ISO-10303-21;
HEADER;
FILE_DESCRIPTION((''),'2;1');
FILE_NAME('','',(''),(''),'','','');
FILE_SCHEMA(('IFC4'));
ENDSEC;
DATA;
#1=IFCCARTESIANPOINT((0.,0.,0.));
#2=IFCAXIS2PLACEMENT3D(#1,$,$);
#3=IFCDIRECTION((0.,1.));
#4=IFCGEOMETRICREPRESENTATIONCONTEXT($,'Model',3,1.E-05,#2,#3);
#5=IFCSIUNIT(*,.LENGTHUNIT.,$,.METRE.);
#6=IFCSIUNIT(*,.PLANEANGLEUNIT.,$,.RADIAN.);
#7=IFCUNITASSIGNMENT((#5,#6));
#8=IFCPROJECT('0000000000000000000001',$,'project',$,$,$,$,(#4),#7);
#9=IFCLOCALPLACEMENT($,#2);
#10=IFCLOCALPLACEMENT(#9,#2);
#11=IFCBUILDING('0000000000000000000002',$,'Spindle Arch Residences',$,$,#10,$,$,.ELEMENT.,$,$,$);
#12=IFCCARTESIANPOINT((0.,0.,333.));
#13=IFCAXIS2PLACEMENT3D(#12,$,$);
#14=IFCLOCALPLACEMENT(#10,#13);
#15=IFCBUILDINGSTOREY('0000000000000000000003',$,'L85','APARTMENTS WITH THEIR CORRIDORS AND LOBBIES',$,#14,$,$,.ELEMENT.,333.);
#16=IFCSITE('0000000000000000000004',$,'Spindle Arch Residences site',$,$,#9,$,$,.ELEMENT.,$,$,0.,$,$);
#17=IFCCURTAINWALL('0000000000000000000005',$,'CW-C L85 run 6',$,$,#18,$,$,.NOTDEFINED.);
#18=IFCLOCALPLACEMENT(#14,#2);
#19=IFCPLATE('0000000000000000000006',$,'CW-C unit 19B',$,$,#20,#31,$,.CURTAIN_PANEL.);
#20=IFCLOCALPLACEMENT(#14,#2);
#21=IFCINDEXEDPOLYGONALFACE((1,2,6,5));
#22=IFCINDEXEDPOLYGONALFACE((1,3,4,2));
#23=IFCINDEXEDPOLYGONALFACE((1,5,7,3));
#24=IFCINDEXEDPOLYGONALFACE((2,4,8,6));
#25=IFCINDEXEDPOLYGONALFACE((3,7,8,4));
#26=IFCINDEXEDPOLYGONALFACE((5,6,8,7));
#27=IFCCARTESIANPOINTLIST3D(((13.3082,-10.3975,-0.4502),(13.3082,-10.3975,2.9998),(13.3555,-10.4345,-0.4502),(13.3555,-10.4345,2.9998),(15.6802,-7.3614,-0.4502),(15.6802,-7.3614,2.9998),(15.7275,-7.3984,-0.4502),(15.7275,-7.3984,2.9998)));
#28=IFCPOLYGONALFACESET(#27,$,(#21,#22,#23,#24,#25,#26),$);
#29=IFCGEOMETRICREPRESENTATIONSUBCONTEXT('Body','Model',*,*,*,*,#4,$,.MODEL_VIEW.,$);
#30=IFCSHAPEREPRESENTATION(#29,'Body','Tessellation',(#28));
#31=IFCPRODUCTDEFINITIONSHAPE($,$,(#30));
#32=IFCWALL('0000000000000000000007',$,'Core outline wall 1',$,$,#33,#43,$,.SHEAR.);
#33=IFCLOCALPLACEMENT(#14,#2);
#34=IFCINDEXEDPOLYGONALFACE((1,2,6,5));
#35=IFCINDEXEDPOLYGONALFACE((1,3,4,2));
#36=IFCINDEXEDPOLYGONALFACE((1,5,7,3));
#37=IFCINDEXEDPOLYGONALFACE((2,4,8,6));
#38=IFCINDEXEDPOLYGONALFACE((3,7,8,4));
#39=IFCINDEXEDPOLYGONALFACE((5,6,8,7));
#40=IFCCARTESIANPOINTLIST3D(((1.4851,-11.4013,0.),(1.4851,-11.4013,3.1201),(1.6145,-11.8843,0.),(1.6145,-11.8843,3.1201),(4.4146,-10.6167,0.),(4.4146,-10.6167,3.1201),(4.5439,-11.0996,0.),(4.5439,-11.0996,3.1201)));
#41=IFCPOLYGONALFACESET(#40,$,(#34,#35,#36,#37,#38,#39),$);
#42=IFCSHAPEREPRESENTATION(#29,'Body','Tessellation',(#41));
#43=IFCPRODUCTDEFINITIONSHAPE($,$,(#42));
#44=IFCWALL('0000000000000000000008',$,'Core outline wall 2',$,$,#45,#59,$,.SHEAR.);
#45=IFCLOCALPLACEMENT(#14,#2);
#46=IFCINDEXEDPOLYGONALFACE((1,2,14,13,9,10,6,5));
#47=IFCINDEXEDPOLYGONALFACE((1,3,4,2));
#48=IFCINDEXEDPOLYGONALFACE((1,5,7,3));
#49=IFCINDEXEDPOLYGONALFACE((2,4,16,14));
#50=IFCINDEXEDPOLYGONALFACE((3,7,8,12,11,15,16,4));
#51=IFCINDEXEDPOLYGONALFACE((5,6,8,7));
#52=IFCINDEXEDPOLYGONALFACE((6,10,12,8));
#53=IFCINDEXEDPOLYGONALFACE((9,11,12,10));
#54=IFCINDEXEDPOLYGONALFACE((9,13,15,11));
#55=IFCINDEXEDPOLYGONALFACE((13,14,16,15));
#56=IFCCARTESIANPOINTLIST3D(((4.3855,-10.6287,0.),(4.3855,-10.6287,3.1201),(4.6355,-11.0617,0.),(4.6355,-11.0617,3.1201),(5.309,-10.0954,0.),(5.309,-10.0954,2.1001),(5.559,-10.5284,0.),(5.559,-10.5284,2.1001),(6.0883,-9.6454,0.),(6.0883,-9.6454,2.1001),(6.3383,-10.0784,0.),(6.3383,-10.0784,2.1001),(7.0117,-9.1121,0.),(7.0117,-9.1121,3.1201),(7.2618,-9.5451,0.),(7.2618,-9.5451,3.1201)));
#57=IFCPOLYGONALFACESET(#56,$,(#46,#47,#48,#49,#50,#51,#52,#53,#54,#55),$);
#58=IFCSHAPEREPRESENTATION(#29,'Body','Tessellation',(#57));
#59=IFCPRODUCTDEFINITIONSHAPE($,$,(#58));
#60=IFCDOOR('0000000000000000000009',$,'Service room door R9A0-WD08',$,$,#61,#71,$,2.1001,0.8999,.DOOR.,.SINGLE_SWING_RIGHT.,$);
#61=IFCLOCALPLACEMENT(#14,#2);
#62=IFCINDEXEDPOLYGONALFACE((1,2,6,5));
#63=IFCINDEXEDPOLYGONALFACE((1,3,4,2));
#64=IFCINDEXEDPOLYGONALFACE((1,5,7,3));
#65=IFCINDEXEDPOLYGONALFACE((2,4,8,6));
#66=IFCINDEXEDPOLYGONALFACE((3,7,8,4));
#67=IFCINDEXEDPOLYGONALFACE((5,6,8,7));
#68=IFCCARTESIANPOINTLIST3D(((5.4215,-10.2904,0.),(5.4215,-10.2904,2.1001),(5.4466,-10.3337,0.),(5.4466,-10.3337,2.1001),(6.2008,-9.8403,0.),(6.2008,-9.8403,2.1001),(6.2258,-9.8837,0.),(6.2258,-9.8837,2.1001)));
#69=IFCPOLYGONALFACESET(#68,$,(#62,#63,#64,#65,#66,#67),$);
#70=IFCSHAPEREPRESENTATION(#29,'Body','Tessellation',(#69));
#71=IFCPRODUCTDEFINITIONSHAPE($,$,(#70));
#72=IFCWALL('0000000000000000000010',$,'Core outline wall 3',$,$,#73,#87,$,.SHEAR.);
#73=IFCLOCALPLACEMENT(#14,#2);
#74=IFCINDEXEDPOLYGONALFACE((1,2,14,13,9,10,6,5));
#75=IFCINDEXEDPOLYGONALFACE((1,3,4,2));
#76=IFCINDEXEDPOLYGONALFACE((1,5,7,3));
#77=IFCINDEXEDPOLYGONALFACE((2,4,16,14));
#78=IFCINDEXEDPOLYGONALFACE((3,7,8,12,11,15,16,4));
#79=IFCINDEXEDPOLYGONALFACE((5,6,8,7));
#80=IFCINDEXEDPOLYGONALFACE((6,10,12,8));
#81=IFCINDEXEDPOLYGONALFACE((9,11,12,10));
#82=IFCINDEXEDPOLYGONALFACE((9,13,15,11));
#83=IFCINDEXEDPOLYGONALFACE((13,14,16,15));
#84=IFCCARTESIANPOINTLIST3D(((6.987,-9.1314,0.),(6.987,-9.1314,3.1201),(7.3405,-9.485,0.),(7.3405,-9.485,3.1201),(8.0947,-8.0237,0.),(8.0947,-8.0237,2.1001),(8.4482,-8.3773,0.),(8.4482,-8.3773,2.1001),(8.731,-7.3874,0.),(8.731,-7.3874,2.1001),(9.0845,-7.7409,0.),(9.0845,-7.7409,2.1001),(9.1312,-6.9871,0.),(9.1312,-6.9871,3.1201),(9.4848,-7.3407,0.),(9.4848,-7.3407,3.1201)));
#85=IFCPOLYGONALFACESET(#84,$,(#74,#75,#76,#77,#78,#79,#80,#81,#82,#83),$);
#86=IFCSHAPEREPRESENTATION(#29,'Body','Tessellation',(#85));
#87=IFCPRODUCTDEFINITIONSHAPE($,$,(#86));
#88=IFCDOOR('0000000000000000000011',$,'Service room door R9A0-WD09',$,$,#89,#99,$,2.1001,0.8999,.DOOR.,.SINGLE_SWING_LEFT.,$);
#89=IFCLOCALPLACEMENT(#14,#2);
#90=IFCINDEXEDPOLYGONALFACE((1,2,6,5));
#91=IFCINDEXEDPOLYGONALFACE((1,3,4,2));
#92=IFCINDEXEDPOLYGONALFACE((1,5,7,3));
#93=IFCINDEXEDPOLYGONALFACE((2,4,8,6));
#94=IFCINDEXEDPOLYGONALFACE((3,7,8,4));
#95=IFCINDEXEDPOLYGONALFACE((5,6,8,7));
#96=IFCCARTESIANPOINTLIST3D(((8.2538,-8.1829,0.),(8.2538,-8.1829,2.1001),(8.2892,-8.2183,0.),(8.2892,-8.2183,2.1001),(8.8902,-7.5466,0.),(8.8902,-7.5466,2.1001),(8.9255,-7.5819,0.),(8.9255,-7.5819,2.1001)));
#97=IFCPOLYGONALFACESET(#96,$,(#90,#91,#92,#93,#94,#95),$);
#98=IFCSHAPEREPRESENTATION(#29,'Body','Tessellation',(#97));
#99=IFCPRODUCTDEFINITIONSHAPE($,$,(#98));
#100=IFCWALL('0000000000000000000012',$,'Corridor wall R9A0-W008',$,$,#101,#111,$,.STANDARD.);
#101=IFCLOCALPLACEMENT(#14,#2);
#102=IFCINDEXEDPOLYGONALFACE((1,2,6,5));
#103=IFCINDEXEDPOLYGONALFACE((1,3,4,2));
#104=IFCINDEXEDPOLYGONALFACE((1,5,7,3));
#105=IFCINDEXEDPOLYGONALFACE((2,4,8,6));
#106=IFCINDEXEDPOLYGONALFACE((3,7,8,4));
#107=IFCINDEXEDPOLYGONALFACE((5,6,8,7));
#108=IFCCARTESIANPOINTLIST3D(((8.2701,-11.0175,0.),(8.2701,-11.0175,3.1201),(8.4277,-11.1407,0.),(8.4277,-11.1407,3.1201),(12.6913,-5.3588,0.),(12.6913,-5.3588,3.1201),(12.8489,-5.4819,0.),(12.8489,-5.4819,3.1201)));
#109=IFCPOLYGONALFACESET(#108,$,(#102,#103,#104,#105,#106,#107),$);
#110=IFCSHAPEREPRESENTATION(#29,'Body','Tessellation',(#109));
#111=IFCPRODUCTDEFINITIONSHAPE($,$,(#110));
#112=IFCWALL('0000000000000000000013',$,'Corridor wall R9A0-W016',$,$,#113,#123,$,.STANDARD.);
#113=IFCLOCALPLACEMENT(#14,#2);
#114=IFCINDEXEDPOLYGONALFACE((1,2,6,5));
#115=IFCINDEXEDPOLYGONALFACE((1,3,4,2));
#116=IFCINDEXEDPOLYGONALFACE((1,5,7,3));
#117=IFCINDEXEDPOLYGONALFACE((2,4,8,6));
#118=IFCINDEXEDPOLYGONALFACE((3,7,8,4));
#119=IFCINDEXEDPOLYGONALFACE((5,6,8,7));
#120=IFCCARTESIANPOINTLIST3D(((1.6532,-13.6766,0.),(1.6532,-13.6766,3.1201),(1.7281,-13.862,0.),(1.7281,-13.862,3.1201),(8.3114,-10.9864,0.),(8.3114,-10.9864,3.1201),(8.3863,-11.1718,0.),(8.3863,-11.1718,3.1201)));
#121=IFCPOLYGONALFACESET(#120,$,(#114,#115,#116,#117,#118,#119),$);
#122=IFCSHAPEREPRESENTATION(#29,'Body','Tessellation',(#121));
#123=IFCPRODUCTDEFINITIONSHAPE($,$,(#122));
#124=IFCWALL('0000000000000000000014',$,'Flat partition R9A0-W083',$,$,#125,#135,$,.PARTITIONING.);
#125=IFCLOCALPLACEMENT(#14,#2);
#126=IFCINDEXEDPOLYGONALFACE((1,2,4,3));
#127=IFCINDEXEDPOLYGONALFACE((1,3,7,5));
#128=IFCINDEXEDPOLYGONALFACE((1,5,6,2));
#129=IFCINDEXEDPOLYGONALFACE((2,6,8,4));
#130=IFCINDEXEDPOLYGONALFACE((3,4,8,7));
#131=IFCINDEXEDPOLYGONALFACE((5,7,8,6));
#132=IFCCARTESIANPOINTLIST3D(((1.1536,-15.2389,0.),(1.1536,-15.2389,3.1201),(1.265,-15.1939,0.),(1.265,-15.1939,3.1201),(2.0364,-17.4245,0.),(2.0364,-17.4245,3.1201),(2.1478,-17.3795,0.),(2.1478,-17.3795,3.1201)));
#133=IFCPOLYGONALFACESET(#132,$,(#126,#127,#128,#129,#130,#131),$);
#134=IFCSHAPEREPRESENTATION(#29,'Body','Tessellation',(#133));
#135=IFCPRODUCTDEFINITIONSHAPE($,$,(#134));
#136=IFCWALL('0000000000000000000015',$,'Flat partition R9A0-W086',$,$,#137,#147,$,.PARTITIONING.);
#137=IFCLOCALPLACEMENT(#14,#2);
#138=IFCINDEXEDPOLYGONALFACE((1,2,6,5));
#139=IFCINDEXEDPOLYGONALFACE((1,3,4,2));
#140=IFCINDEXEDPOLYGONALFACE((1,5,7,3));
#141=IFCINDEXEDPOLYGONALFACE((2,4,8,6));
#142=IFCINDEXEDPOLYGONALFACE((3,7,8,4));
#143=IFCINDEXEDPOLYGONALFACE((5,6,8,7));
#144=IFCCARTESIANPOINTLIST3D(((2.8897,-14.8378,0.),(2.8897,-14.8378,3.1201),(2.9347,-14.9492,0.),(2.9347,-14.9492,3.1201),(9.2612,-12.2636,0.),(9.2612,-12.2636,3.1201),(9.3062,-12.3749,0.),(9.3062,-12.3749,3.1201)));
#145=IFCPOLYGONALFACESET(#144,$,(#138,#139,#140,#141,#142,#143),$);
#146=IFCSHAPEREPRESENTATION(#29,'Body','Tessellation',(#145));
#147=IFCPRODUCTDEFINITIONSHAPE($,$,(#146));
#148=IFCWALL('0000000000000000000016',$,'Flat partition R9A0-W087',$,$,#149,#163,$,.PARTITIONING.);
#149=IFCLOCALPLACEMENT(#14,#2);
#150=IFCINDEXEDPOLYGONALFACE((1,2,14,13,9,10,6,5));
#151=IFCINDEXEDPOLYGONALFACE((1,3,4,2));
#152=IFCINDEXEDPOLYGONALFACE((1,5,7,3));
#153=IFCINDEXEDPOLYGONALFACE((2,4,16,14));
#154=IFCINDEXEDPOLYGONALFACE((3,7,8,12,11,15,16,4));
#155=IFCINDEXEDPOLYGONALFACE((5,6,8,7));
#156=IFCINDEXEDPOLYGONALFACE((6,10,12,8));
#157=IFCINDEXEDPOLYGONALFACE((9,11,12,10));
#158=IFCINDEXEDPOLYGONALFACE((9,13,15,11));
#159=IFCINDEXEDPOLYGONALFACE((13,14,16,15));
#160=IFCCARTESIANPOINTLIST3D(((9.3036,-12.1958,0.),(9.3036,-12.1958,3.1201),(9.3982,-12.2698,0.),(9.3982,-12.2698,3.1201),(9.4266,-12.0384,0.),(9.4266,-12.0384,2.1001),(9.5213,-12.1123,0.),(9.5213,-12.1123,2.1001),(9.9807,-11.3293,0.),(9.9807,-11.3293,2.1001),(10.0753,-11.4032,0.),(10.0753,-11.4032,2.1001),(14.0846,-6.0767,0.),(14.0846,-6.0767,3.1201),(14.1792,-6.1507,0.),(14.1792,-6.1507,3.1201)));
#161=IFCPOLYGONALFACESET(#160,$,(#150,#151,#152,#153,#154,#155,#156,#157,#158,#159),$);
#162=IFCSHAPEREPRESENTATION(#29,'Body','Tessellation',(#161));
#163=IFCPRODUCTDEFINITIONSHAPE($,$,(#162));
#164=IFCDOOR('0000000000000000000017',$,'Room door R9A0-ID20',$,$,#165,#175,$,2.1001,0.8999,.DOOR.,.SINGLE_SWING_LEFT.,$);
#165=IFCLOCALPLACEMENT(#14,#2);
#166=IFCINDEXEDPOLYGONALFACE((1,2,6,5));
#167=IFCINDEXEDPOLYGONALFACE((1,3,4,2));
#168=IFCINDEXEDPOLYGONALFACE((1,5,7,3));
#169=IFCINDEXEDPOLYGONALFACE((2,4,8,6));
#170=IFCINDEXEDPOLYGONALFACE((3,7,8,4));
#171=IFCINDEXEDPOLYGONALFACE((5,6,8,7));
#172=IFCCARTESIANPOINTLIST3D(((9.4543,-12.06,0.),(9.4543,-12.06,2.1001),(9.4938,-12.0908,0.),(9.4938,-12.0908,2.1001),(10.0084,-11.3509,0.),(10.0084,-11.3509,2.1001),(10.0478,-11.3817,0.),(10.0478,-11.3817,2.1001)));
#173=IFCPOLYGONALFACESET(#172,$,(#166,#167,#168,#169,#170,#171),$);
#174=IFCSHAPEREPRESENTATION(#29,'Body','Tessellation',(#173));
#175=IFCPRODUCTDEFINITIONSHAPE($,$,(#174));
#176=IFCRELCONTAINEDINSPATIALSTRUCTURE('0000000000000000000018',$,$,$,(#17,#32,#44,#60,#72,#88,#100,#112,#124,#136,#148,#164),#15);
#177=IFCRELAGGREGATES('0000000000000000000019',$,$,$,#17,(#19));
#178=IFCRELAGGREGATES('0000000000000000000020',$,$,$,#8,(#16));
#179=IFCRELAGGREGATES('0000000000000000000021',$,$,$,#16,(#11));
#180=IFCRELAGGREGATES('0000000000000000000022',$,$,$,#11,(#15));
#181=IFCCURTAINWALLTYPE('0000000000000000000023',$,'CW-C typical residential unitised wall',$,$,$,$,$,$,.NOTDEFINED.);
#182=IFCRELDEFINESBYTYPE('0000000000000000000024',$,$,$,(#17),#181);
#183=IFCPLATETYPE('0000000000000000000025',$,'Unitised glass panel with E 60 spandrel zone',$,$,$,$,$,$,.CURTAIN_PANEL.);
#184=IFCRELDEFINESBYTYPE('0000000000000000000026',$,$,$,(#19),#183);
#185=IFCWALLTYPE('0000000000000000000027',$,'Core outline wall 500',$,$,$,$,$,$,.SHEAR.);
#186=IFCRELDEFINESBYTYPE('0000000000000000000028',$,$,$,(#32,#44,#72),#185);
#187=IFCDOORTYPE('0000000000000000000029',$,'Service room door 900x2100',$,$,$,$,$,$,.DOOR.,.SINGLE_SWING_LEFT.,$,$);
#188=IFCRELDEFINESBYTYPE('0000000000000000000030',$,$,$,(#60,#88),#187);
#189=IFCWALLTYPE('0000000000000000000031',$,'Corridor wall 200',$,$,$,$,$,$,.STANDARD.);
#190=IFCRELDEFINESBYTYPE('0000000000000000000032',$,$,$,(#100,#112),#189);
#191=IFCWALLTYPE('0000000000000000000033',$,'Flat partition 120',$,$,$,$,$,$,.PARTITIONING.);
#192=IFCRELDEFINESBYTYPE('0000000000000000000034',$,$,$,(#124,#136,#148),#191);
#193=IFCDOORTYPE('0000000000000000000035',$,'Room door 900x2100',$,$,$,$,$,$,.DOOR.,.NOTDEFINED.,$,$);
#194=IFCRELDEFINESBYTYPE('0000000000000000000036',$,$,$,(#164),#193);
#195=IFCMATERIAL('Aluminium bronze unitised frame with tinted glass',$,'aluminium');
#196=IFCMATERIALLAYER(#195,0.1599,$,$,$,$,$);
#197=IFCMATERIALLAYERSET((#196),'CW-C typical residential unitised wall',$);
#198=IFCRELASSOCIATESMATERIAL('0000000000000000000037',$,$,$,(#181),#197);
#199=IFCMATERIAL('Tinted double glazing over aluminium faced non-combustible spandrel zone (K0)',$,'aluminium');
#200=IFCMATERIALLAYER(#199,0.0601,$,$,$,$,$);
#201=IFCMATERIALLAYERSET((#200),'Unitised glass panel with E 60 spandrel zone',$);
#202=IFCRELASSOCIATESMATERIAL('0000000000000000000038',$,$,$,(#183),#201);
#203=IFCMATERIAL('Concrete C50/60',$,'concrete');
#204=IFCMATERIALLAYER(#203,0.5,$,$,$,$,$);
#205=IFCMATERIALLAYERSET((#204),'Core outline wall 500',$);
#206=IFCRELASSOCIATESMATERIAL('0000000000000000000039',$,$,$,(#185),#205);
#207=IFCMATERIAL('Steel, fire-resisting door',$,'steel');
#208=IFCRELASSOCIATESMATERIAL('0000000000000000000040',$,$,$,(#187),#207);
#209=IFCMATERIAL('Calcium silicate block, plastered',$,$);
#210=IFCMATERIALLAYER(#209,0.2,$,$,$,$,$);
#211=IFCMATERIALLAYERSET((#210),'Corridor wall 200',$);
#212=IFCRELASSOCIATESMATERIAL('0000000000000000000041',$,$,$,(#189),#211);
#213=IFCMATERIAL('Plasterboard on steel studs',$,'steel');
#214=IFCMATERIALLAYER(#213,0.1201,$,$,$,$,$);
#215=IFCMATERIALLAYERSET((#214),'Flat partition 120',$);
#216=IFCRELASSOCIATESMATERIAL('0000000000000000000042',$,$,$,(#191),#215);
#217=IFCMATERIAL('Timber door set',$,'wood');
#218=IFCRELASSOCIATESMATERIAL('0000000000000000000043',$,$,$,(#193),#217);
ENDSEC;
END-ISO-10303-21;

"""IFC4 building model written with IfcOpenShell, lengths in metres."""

from ifc_helpers import new_model, si_unit, direction, frame, frame_2d, origin, origin_2d, place, context, subcontext, project, spatial, rectangle, extrude, material, layer, layer_set, type_object, element, fill, aggregate, save


model = new_model("IFC4")

# Units and contexts
model_context = context("Model", 3, precision=1e-05, world=origin(), true_north=direction((0.0, 1.0)))
body_context = subcontext(model_context, "Body", "Model", "MODEL_VIEW")
ifc_project = project(units=[si_unit("LENGTHUNIT", "METRE"), si_unit("PLANEANGLEUNIT", "RADIAN")], contexts=[model_context])

# Site, building, storey
site_placement = place(None, origin())
site = spatial("IfcSite", under=ifc_project, at=site_placement, Name="Spindle Arch Residences site", CompositionType="ELEMENT", RefElevation=0.0)
building_placement = place(site_placement, origin())
building = spatial("IfcBuilding", under=site, at=building_placement, Name="Spindle Arch Residences", CompositionType="ELEMENT")
storey_placement = place(building_placement, frame((0.0, 0.0, 333.0)))
storey = spatial("IfcBuildingStorey", under=building, at=storey_placement, Name="L85", Description="APARTMENTS WITH THEIR CORRIDORS AND LOBBIES", CompositionType="ELEMENT", Elevation=333.0)

# Curtain wall
ifc_material_1 = material(Name="Aluminium bronze unitised frame with tinted glass", Category="aluminium")
ifc_layer_1 = layer(ifc_material_1, 0.1599)
ifc_layer_set_1 = layer_set([ifc_layer_1], Name="CW-C typical residential unitised wall")
curtain_wall_type = type_object("IfcCurtainWallType", Name="CW-C typical residential unitised wall", PredefinedType="NOTDEFINED", material=ifc_layer_set_1)
curtain_wall_placement = place(storey_placement, origin())
curtain_wall = element("IfcCurtainWall", 1, at=curtain_wall_placement, inside=storey, type_object=curtain_wall_type, Name="CW-C L85 run 6", PredefinedType="NOTDEFINED")

# Plate
ifc_material_2 = material(Name="Tinted double glazing over aluminium faced non-combustible spandrel zone (K0)", Category="aluminium")
ifc_layer_2 = layer(ifc_material_2, 0.0601)
ifc_layer_set_2 = layer_set([ifc_layer_2], Name="Unitised glass panel with E 60 spandrel zone")
plate_type = type_object("IfcPlateType", Name="Unitised glass panel with E 60 spandrel zone", PredefinedType="CURTAIN_PANEL", material=ifc_layer_set_2)
plate_1_placement = place(storey_placement, frame((14.5178, -8.8979, -0.4502), z_axis=(0.0, 0.0, 1.0), x_axis=(0.615661, 0.788011, 0.0)))
plate_1 = element("IfcPlate", 2, at=plate_1_placement, type_object=plate_type, Name="CW-C unit 19B", PredefinedType="CURTAIN_PANEL", context=body_context, shape_type="SweptSolid", body=[
    extrude(rectangle(XDim=3.8528, YDim=0.0601, at=origin_2d()), origin(), (0.0, 0.0, 1.0), 3.45),
])
aggregate(curtain_wall, [plate_1])

# Wall
ifc_material_3 = material(Name="Concrete C50/60", Category="concrete")
ifc_layer_3 = layer(ifc_material_3, 0.5)
ifc_layer_set_3 = layer_set([ifc_layer_3], Name="Core outline wall 500")
wall_type_1 = type_object("IfcWallType", Name="Core outline wall 500", PredefinedType="SHEAR", material=ifc_layer_set_3)
wall_1_placement = place(storey_placement, frame((1.5498, -11.6428, 0.0), z_axis=(0.0, 0.0, 1.0), x_axis=(0.965948, 0.258735, 0.0)))
element("IfcWall", 3, at=wall_1_placement, inside=storey, type_object=wall_type_1, Name="Core outline wall 1", PredefinedType="SHEAR", context=body_context, shape_type="SweptSolid", body=[
    extrude(rectangle(XDim=3.0327, YDim=0.5, at=frame_2d((1.5164, 0.0))), origin(), (0.0, 0.0, 1.0), 3.1201),
])

# Walls, openings, doors
wall_2_placement = place(storey_placement, frame((4.5105, -10.8452, 0.0), z_axis=(0.0, 0.0, 1.0), x_axis=(0.865975, 0.500087, 0.0)))
wall_2 = element("IfcWall", 4, at=wall_2_placement, inside=storey, type_object=wall_type_1, Name="Core outline wall 2", PredefinedType="SHEAR", context=body_context, shape_type="SweptSolid", body=[
    extrude(rectangle(XDim=3.0327, YDim=0.5, at=frame_2d((1.5164, 0.0))), origin(), (0.0, 0.0, 1.0), 3.1201),
])
opening_1_placement = place(wall_2_placement, frame((1.0664, 0.0, 0.0)))
opening_1 = element("IfcOpeningElement", 5, at=opening_1_placement, cuts=wall_2, PredefinedType="OPENING", context=body_context, shape_type="SweptSolid", body=[
    extrude(rectangle(XDim=0.8999, YDim=2.1001, at=frame_2d((0.45, 1.05))), frame((0.0, 0.26, 0.0), z_axis=(0.0, -1.0, 0.0), x_axis=(1.0, 0.0, 0.0)), (0.0, 0.0, 1.0), 0.52),
])
ifc_material_4 = material(Name="Steel, fire-resisting door", Category="steel")
door_type_1 = type_object("IfcDoorType", Name="Service room door 900x2100", OperationType="SINGLE_SWING_LEFT", PredefinedType="DOOR", material=ifc_material_4)
door_1_placement = place(opening_1_placement, origin())
door_1 = element("IfcDoor", 6, at=door_1_placement, inside=storey, type_object=door_type_1, Name="Service room door R9A0-WD08", OperationType="SINGLE_SWING_RIGHT", OverallHeight=2.1001, OverallWidth=0.8999, PredefinedType="DOOR", context=body_context, shape_type="SweptSolid", body=[
    extrude(rectangle(XDim=0.8999, YDim=2.1001, at=frame_2d((0.45, 1.05))), frame((0.0, 0.0249, 0.0), z_axis=(0.0, -1.0, 0.0), x_axis=(1.0, 0.0, 0.0)), (0.0, 0.0, 1.0), 0.05),
])
fill(opening_1, door_1)
wall_3_placement = place(storey_placement, frame((7.1638, -9.3081, 0.0), z_axis=(0.0, 0.0, 1.0), x_axis=(0.707107, 0.707107, 0.0)))
wall_3 = element("IfcWall", 7, at=wall_3_placement, inside=storey, type_object=wall_type_1, Name="Core outline wall 3", PredefinedType="SHEAR", context=body_context, shape_type="SweptSolid", body=[
    extrude(rectangle(XDim=3.0325, YDim=0.5, at=frame_2d((1.5161, 0.0))), origin(), (0.0, 0.0, 1.0), 3.1201),
])
opening_2_placement = place(wall_3_placement, frame((1.5664, 0.0, 0.0)))
opening_2 = element("IfcOpeningElement", 8, at=opening_2_placement, cuts=wall_3, PredefinedType="OPENING", context=body_context, shape_type="SweptSolid", body=[
    extrude(rectangle(XDim=0.8999, YDim=2.1001, at=frame_2d((0.45, 1.05))), frame((0.0, 0.26, 0.0), z_axis=(0.0, -1.0, 0.0), x_axis=(1.0, 0.0, 0.0)), (0.0, 0.0, 1.0), 0.52),
])
door_2_placement = place(opening_2_placement, origin())
door_2 = element("IfcDoor", 9, at=door_2_placement, inside=storey, type_object=door_type_1, Name="Service room door R9A0-WD09", OperationType="SINGLE_SWING_LEFT", OverallHeight=2.1001, OverallWidth=0.8999, PredefinedType="DOOR", context=body_context, shape_type="SweptSolid", body=[
    extrude(rectangle(XDim=0.8999, YDim=2.1001, at=frame_2d((0.45, 1.05))), frame((0.0, 0.0249, 0.0), z_axis=(0.0, -1.0, 0.0), x_axis=(1.0, 0.0, 0.0)), (0.0, 0.0, 1.0), 0.05),
])
fill(opening_2, door_2)

# Walls
ifc_material_5 = material(Name="Calcium silicate block, plastered")
ifc_layer_4 = layer(ifc_material_5, 0.2)
ifc_layer_set_4 = layer_set([ifc_layer_4], Name="Corridor wall 200")
wall_type_2 = type_object("IfcWallType", Name="Corridor wall 200", PredefinedType="STANDARD", material=ifc_layer_set_4)
for number, where, z_axis, x_axis, name in (
    (10, (8.3489, -11.0791, 0.0), (0.0, 0.0, 1.0), (0.615669, 0.788005, 0.0), "Corridor wall R9A0-W008"),
    (11, (1.6907, -13.7693, 0.0), (0.0, 0.0, 1.0), (0.927179, 0.374618, 0.0), "Corridor wall R9A0-W016"),
):
    element("IfcWall", number, at=place(storey_placement, frame(where, z_axis=z_axis, x_axis=x_axis)), inside=storey, type_object=wall_type_2, Name=name, PredefinedType="STANDARD", context=body_context, shape_type="SweptSolid", body=[
        extrude(rectangle(XDim=7.1812, YDim=0.2, at=frame_2d((3.5906, 0.0))), origin(), (0.0, 0.0, 1.0), 3.1201),
    ])
ifc_material_6 = material(Name="Plasterboard on steel studs", Category="steel")
ifc_layer_5 = layer(ifc_material_6, 0.1201)
ifc_layer_set_5 = layer_set([ifc_layer_5], Name="Flat partition 120")
wall_type_3 = type_object("IfcWallType", Name="Flat partition 120", PredefinedType="PARTITIONING", material=ifc_layer_set_5)
wall_4_placement = place(storey_placement, frame((1.2092, -15.2163, 0.0), z_axis=(0.0, 0.0, 1.0), x_axis=(0.374532, -0.927214, 0.0)))
element("IfcWall", 12, at=wall_4_placement, inside=storey, type_object=wall_type_3, Name="Flat partition R9A0-W083", PredefinedType="PARTITIONING", context=body_context, shape_type="SweptSolid", body=[
    extrude(rectangle(XDim=2.3572, YDim=0.1201, at=frame_2d((1.1787, 0.0))), origin(), (0.0, 0.0, 1.0), 3.1201),
])
wall_5_placement = place(storey_placement, frame((2.9121, -14.8936, 0.0), z_axis=(0.0, 0.0, 1.0), x_axis=(0.927182, 0.37461, 0.0)))
element("IfcWall", 13, at=wall_5_placement, inside=storey, type_object=wall_type_3, Name="Flat partition R9A0-W086", PredefinedType="PARTITIONING", context=body_context, shape_type="SweptSolid", body=[
    extrude(rectangle(XDim=6.8718, YDim=0.1201, at=frame_2d((3.436, 0.0))), origin(), (0.0, 0.0, 1.0), 3.1201),
])

# Wall, opening, door
wall_6_placement = place(storey_placement, frame((9.3508, -12.2329, 0.0), z_axis=(0.0, 0.0, 1.0), x_axis=(0.615678, 0.787998, 0.0)))
wall_6 = element("IfcWall", 14, at=wall_6_placement, inside=storey, type_object=wall_type_3, Name="Flat partition R9A0-W087", PredefinedType="PARTITIONING", context=body_context, shape_type="SweptSolid", body=[
    extrude(rectangle(XDim=7.7654, YDim=0.1201, at=frame_2d((3.8828, 0.0))), origin(), (0.0, 0.0, 1.0), 3.1201),
])
opening_3_placement = place(wall_6_placement, frame((0.2, 0.0, 0.0)))
opening_3 = element("IfcOpeningElement", 15, at=opening_3_placement, cuts=wall_6, PredefinedType="OPENING", context=body_context, shape_type="SweptSolid", body=[
    extrude(rectangle(XDim=0.8999, YDim=2.1001, at=frame_2d((0.45, 1.05))), frame((0.0, 0.0701, 0.0), z_axis=(0.0, -1.0, 0.0), x_axis=(1.0, 0.0, 0.0)), (0.0, 0.0, 1.0), 0.1401),
])
ifc_material_7 = material(Name="Timber door set", Category="wood")
door_type_2 = type_object("IfcDoorType", Name="Room door 900x2100", OperationType="NOTDEFINED", PredefinedType="DOOR", material=ifc_material_7)
door_3_placement = place(opening_3_placement, origin())
door_3 = element("IfcDoor", 16, at=door_3_placement, inside=storey, type_object=door_type_2, Name="Room door R9A0-ID20", OperationType="SINGLE_SWING_LEFT", OverallHeight=2.1001, OverallWidth=0.8999, PredefinedType="DOOR", context=body_context, shape_type="SweptSolid", body=[
    extrude(rectangle(XDim=0.8999, YDim=2.1001, at=frame_2d((0.45, 1.05))), frame((0.0, 0.0249, 0.0), z_axis=(0.0, -1.0, 0.0), x_axis=(1.0, 0.0, 0.0)), (0.0, 0.0, 1.0), 0.05),
])
fill(opening_3, door_3)

save(model, "model.ifc")
